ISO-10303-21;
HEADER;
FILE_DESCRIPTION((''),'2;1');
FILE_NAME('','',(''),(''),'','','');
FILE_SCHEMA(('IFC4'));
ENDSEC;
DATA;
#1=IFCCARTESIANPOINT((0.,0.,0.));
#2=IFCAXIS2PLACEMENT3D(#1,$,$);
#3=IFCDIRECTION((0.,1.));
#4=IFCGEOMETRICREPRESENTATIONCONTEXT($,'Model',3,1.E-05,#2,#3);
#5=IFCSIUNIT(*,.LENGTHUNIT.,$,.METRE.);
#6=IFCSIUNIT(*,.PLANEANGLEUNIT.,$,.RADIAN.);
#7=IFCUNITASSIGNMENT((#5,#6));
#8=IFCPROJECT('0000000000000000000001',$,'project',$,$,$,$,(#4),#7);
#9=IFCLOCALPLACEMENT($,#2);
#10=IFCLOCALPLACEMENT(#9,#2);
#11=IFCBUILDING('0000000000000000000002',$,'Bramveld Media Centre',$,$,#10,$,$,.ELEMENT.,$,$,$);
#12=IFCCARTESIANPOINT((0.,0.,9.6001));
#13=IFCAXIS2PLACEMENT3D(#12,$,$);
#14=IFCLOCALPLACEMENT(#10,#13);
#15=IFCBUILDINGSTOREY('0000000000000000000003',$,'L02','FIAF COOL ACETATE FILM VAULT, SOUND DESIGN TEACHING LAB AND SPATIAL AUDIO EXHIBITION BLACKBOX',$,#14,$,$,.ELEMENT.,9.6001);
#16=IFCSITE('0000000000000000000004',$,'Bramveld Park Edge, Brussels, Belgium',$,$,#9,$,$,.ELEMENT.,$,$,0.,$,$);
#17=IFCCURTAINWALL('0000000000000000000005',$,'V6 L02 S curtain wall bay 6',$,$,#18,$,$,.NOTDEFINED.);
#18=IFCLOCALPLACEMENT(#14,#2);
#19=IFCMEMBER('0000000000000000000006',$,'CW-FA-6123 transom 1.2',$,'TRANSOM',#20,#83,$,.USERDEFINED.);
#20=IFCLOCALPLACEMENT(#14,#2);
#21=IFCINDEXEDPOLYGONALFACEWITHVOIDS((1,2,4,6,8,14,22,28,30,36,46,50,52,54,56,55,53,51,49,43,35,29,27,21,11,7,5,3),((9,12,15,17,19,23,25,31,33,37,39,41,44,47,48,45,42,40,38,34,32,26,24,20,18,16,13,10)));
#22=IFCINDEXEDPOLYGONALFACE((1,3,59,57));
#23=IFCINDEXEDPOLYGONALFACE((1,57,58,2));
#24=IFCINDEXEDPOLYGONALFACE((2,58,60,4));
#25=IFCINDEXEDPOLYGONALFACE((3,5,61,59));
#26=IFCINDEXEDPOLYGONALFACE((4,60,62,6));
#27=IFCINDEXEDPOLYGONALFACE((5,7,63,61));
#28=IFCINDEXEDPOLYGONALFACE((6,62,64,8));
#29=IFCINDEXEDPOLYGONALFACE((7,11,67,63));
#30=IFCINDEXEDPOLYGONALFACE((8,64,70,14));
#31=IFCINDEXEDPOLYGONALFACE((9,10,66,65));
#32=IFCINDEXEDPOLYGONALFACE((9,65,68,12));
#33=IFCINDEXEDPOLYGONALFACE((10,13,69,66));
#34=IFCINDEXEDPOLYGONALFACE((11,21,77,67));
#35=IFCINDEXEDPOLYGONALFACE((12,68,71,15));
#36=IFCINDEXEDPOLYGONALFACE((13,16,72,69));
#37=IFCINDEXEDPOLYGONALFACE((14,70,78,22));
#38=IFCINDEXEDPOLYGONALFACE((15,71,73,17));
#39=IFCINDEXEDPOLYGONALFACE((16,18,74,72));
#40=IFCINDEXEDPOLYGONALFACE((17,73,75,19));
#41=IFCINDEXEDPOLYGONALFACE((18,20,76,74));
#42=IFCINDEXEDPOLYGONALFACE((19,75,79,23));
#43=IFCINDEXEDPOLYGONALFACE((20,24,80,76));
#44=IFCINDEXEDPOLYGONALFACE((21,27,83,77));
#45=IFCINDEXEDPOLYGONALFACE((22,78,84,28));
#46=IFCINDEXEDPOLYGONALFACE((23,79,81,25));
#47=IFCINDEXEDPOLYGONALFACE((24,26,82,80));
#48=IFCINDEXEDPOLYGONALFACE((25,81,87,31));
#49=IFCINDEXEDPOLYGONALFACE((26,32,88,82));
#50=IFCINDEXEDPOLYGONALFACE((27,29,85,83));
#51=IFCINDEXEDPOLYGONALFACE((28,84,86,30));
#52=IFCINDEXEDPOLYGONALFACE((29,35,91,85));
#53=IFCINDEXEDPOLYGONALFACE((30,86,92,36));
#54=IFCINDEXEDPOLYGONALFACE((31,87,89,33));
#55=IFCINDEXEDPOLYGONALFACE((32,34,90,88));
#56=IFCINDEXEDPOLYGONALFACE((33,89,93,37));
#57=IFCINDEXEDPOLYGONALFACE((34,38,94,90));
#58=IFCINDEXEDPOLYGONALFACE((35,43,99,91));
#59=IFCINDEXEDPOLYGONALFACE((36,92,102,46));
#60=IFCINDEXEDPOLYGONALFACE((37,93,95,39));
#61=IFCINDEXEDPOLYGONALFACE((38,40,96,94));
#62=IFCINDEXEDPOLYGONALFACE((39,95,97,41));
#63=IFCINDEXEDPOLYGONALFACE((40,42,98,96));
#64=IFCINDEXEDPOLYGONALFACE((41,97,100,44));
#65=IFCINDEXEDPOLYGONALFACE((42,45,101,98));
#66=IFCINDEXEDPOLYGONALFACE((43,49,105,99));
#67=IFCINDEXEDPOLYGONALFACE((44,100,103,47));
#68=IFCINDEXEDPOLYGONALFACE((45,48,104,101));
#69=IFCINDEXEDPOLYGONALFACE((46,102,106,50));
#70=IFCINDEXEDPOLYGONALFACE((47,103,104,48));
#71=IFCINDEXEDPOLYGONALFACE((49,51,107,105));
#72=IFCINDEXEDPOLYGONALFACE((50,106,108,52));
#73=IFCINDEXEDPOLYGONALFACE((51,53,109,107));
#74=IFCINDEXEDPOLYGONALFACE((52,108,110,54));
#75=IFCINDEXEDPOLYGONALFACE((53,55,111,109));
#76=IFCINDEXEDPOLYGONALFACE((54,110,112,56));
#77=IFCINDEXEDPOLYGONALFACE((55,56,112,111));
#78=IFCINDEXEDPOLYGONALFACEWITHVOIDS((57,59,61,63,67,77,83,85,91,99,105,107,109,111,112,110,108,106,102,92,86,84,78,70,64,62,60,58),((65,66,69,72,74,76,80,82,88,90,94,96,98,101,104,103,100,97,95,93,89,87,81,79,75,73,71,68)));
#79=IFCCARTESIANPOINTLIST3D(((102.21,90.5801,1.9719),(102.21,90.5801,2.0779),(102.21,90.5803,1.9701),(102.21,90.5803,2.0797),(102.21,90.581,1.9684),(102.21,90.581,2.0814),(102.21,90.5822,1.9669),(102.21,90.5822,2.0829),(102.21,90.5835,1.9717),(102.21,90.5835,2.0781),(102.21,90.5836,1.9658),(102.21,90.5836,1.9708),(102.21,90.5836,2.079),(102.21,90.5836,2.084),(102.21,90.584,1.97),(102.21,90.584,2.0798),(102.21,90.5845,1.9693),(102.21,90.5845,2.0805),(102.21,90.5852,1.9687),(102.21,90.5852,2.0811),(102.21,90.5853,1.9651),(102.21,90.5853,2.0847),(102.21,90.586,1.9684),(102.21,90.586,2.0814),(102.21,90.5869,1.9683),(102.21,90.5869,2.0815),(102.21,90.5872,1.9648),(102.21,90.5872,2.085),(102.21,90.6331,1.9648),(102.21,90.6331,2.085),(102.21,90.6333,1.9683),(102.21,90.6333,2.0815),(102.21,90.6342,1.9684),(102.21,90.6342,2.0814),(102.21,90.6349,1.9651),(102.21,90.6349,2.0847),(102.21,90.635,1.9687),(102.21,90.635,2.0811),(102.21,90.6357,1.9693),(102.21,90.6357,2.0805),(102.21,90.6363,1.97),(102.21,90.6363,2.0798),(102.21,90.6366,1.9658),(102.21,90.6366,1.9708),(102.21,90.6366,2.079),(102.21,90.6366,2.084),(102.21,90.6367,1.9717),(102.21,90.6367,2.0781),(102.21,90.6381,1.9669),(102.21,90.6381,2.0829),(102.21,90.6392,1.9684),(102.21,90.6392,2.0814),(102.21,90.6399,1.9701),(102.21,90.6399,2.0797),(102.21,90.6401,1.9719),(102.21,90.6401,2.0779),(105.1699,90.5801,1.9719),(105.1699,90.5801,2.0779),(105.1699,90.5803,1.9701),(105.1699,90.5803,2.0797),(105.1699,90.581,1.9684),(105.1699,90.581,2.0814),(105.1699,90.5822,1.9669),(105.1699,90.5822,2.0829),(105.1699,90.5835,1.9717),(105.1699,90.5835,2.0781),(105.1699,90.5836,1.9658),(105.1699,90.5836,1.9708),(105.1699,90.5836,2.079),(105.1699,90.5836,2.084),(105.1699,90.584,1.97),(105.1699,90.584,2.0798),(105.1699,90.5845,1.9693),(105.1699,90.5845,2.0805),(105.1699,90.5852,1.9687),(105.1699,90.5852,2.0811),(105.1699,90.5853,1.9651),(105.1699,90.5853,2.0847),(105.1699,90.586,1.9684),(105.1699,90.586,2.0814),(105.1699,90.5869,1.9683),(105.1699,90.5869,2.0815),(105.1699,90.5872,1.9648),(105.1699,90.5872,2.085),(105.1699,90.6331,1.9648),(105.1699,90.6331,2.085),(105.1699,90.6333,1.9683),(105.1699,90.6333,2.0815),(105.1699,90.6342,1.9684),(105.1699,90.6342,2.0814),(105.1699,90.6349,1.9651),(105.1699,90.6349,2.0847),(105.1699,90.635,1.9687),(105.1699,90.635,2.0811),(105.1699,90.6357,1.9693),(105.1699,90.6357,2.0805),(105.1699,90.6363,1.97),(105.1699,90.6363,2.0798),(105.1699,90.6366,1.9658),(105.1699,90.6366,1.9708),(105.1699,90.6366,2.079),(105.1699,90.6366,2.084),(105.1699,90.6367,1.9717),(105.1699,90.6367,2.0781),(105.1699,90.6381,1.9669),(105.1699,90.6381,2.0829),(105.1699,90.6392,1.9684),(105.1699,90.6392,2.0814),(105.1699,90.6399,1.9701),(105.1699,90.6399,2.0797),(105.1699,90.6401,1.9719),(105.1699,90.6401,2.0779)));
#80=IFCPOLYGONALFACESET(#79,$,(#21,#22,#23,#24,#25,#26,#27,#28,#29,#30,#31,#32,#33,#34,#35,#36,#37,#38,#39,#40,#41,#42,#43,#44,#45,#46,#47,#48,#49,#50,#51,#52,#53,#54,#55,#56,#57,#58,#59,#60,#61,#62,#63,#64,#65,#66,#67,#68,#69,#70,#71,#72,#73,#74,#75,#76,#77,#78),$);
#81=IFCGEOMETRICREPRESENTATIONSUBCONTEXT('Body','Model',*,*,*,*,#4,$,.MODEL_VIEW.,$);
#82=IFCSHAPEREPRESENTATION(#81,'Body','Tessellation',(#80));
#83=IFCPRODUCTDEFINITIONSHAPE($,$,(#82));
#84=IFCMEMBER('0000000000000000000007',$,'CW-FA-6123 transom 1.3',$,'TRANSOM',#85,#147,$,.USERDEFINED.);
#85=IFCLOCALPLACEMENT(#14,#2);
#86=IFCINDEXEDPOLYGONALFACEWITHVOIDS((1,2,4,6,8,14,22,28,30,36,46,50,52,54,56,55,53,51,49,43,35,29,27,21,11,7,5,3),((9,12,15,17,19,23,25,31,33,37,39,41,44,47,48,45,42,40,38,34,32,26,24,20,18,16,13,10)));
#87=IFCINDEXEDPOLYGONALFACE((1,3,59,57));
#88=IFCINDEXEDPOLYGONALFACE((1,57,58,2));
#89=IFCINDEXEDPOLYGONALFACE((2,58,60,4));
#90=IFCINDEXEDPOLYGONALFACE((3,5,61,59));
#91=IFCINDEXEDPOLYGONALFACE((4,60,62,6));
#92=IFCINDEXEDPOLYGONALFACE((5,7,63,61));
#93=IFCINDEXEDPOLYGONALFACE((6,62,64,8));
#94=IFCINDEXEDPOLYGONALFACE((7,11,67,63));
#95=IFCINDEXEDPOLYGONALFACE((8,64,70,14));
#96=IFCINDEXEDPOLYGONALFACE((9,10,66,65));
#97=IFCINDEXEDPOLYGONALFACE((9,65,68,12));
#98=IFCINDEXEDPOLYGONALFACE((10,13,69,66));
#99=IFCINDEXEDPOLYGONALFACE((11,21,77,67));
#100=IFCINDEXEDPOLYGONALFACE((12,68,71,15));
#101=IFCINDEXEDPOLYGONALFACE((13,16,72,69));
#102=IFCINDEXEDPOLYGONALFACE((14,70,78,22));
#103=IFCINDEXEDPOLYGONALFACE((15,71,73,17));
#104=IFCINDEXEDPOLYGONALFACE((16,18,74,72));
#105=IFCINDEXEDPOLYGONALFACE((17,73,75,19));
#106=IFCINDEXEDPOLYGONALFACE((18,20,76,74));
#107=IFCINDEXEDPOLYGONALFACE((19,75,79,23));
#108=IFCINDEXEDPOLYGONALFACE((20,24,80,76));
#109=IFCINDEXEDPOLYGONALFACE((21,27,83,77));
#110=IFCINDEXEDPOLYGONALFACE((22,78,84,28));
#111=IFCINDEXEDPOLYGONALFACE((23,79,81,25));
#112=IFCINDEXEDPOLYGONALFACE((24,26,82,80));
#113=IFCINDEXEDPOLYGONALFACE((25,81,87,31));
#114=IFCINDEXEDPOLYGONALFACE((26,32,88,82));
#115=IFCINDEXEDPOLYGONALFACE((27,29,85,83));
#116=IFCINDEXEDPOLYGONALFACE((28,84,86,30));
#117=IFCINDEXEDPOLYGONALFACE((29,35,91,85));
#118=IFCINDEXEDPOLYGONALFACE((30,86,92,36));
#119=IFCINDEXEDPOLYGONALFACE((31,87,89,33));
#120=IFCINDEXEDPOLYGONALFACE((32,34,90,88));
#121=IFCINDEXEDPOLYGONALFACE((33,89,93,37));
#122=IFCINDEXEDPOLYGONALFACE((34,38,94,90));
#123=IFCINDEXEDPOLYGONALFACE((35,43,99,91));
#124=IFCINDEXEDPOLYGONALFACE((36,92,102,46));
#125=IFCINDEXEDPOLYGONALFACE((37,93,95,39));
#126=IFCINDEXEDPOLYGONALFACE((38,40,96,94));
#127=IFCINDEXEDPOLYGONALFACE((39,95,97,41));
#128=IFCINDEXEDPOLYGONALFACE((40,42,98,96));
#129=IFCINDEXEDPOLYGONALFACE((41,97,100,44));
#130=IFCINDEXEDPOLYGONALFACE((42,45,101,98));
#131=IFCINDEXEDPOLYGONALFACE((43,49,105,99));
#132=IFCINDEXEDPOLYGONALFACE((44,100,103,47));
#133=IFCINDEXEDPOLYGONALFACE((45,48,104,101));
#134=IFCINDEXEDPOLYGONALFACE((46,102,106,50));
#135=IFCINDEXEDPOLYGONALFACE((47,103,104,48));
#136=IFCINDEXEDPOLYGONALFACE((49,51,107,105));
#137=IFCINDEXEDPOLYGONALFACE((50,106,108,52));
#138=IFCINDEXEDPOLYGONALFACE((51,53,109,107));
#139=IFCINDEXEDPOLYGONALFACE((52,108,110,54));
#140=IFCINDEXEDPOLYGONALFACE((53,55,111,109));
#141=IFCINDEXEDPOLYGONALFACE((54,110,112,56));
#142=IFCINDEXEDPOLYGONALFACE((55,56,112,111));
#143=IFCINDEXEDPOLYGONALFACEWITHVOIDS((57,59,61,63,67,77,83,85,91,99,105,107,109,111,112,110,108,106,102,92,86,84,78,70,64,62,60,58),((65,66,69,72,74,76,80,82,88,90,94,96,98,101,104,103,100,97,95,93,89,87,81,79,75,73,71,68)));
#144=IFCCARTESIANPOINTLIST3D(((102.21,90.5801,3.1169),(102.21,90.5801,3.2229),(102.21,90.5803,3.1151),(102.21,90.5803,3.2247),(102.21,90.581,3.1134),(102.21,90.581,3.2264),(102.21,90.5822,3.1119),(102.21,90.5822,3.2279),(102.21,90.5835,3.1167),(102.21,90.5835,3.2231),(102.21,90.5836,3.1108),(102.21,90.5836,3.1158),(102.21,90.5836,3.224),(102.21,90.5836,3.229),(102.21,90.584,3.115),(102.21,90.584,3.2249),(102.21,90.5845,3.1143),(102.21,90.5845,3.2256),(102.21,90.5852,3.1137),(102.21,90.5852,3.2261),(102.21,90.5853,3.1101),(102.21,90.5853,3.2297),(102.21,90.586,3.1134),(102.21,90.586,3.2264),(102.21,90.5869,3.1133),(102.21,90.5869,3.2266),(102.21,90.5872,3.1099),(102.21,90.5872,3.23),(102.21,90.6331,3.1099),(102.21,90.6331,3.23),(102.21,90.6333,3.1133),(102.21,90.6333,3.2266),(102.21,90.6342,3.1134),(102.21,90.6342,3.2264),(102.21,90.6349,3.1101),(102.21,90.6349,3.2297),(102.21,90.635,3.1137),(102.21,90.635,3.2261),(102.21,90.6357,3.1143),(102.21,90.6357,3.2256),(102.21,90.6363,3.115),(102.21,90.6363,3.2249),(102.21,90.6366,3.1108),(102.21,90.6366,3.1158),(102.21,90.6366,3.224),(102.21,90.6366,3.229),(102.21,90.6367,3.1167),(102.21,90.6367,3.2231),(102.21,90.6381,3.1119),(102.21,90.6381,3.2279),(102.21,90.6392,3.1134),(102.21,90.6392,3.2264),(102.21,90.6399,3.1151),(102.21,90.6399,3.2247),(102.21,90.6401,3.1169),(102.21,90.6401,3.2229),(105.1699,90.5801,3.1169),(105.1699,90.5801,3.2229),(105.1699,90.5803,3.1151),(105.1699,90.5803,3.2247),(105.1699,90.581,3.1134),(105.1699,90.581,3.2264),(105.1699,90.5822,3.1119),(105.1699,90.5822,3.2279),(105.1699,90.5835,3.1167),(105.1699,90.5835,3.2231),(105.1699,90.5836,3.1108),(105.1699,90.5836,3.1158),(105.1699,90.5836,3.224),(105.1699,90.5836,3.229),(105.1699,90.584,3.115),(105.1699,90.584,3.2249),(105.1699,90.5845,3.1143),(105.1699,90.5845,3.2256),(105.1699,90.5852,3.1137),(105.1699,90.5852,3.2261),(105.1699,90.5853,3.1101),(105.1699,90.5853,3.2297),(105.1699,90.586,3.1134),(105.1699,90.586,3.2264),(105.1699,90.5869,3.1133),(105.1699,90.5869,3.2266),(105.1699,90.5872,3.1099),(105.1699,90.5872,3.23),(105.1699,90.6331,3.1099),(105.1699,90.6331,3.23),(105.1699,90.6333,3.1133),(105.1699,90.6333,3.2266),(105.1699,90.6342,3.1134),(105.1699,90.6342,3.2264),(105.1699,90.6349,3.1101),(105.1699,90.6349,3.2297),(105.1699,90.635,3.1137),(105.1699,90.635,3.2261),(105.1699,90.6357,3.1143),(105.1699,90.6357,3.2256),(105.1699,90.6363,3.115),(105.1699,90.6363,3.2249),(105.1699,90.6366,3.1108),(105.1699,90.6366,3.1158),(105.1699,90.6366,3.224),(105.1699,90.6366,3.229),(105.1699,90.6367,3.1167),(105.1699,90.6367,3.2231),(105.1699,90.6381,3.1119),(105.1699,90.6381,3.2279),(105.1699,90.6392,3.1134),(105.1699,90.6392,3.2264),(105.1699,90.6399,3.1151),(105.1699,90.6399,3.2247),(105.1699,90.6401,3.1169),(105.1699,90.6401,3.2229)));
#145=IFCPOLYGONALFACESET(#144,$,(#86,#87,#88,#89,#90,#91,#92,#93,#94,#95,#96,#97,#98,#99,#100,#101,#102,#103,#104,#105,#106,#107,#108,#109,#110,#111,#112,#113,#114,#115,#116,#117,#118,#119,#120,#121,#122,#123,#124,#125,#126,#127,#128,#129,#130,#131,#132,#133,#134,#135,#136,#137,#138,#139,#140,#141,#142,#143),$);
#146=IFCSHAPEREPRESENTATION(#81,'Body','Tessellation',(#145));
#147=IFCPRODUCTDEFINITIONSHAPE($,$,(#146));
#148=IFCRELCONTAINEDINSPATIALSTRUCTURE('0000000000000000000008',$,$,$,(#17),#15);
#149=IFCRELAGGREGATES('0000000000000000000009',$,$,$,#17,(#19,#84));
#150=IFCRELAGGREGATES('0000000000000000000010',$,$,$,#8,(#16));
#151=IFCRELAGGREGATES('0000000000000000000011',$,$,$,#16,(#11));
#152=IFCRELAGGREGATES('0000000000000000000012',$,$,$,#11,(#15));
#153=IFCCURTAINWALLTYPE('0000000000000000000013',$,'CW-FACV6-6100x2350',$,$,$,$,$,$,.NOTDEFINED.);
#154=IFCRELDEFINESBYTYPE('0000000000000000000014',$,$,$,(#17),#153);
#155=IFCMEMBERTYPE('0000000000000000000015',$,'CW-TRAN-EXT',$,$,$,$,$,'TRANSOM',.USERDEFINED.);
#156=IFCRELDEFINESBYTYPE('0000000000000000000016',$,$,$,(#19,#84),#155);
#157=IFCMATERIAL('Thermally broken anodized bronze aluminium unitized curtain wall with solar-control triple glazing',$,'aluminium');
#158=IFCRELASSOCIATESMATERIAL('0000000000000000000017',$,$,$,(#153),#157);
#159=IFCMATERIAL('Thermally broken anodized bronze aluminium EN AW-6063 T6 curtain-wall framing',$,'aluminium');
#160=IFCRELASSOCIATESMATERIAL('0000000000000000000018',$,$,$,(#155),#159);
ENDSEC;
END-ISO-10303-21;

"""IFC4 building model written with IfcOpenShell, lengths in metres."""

from ifc_helpers import new_model, si_unit, direction, frame, origin, origin_2d, place, context, subcontext, project, spatial, hollow_rectangle, extrude, material, material_profile, profile_set, type_object, element, aggregate, save


model = new_model("IFC4")

# Units and contexts
model_context = context("Model", 3, precision=1e-05, world=origin(), true_north=direction((0.0, 1.0)))
body_context = subcontext(model_context, "Body", "Model", "MODEL_VIEW")
ifc_project = project(units=[si_unit("LENGTHUNIT", "METRE"), si_unit("PLANEANGLEUNIT", "RADIAN")], contexts=[model_context])

# Site, building, storey
site_placement = place(None, origin())
site = spatial("IfcSite", under=ifc_project, at=site_placement, Name="Bramveld Park Edge, Brussels, Belgium", CompositionType="ELEMENT", RefElevation=0.0)
building_placement = place(site_placement, origin())
building = spatial("IfcBuilding", under=site, at=building_placement, Name="Bramveld Media Centre", CompositionType="ELEMENT")
storey_placement = place(building_placement, frame((0.0, 0.0, 9.6001)))
storey = spatial("IfcBuildingStorey", under=building, at=storey_placement, Name="L02", Description="FIAF COOL ACETATE FILM VAULT, SOUND DESIGN TEACHING LAB AND SPATIAL AUDIO EXHIBITION BLACKBOX", CompositionType="ELEMENT", Elevation=9.6001)

# Curtain wall
ifc_material_1 = material(Name="Thermally broken anodized bronze aluminium unitized curtain wall with solar-control triple glazing", Category="aluminium")
curtain_wall_type = type_object("IfcCurtainWallType", Name="CW-FACV6-6100x2350", PredefinedType="NOTDEFINED", material=ifc_material_1)
curtain_wall_1_placement = place(storey_placement, origin())
curtain_wall_1 = element("IfcCurtainWall", 1, at=curtain_wall_1_placement, inside=storey, type_object=curtain_wall_type, Name="V6 L02 S curtain wall bay 6", PredefinedType="NOTDEFINED")

# Members
ifc_material_2 = material(Name="Thermally broken anodized bronze aluminium EN AW-6063 T6 curtain-wall framing", Category="aluminium")
ifc_material_profile_1 = material_profile(ifc_material_2, hollow_rectangle(XDim=0.0601, YDim=0.1201, WallThickness=0.0034, InnerFilletRadius=0.0034, OuterFilletRadius=0.0071, at=origin_2d()), Name="AL-TRAN 60x120")
ifc_profile_set_1 = profile_set([ifc_material_profile_1], Name="Thermally broken anodized bronze aluminium EN AW-6063 T6 curtain-wall framing")
member_type_1 = type_object("IfcMemberType", Name="CW-TRAN-EXT", ElementType="TRANSOM", PredefinedType="USERDEFINED", material=ifc_profile_set_1)
member_1_placement = place(storey_placement, frame((102.21, 90.6101, 2.0249), z_axis=(1.0, 0.0, 0.0), x_axis=(0.0, 1.0, 0.0)))
member_1 = element("IfcMember", 2, at=member_1_placement, type_object=member_type_1, Name="CW-FA-6123 transom 1.2", ObjectType="TRANSOM", PredefinedType="USERDEFINED", context=body_context, shape_type="SweptSolid", body=[
    extrude(hollow_rectangle(XDim=0.0601, YDim=0.1201, WallThickness=0.0034, InnerFilletRadius=0.0034, OuterFilletRadius=0.0071, at=origin_2d()), origin(), (0.0, 0.0, 1.0), 2.96),
])
member_2_placement = place(storey_placement, frame((102.21, 90.6101, 3.1699), z_axis=(1.0, 0.0, 0.0), x_axis=(0.0, 1.0, 0.0)))
member_2 = element("IfcMember", 3, at=member_2_placement, type_object=member_type_1, Name="CW-FA-6123 transom 1.3", ObjectType="TRANSOM", PredefinedType="USERDEFINED", context=body_context, shape_type="SweptSolid", body=[
    extrude(hollow_rectangle(XDim=0.0601, YDim=0.1201, WallThickness=0.0034, InnerFilletRadius=0.0034, OuterFilletRadius=0.0071, at=origin_2d()), origin(), (0.0, 0.0, 1.0), 2.96),
])

aggregate(curtain_wall_1, [member_1, member_2])

save(model, "model.ifc")
